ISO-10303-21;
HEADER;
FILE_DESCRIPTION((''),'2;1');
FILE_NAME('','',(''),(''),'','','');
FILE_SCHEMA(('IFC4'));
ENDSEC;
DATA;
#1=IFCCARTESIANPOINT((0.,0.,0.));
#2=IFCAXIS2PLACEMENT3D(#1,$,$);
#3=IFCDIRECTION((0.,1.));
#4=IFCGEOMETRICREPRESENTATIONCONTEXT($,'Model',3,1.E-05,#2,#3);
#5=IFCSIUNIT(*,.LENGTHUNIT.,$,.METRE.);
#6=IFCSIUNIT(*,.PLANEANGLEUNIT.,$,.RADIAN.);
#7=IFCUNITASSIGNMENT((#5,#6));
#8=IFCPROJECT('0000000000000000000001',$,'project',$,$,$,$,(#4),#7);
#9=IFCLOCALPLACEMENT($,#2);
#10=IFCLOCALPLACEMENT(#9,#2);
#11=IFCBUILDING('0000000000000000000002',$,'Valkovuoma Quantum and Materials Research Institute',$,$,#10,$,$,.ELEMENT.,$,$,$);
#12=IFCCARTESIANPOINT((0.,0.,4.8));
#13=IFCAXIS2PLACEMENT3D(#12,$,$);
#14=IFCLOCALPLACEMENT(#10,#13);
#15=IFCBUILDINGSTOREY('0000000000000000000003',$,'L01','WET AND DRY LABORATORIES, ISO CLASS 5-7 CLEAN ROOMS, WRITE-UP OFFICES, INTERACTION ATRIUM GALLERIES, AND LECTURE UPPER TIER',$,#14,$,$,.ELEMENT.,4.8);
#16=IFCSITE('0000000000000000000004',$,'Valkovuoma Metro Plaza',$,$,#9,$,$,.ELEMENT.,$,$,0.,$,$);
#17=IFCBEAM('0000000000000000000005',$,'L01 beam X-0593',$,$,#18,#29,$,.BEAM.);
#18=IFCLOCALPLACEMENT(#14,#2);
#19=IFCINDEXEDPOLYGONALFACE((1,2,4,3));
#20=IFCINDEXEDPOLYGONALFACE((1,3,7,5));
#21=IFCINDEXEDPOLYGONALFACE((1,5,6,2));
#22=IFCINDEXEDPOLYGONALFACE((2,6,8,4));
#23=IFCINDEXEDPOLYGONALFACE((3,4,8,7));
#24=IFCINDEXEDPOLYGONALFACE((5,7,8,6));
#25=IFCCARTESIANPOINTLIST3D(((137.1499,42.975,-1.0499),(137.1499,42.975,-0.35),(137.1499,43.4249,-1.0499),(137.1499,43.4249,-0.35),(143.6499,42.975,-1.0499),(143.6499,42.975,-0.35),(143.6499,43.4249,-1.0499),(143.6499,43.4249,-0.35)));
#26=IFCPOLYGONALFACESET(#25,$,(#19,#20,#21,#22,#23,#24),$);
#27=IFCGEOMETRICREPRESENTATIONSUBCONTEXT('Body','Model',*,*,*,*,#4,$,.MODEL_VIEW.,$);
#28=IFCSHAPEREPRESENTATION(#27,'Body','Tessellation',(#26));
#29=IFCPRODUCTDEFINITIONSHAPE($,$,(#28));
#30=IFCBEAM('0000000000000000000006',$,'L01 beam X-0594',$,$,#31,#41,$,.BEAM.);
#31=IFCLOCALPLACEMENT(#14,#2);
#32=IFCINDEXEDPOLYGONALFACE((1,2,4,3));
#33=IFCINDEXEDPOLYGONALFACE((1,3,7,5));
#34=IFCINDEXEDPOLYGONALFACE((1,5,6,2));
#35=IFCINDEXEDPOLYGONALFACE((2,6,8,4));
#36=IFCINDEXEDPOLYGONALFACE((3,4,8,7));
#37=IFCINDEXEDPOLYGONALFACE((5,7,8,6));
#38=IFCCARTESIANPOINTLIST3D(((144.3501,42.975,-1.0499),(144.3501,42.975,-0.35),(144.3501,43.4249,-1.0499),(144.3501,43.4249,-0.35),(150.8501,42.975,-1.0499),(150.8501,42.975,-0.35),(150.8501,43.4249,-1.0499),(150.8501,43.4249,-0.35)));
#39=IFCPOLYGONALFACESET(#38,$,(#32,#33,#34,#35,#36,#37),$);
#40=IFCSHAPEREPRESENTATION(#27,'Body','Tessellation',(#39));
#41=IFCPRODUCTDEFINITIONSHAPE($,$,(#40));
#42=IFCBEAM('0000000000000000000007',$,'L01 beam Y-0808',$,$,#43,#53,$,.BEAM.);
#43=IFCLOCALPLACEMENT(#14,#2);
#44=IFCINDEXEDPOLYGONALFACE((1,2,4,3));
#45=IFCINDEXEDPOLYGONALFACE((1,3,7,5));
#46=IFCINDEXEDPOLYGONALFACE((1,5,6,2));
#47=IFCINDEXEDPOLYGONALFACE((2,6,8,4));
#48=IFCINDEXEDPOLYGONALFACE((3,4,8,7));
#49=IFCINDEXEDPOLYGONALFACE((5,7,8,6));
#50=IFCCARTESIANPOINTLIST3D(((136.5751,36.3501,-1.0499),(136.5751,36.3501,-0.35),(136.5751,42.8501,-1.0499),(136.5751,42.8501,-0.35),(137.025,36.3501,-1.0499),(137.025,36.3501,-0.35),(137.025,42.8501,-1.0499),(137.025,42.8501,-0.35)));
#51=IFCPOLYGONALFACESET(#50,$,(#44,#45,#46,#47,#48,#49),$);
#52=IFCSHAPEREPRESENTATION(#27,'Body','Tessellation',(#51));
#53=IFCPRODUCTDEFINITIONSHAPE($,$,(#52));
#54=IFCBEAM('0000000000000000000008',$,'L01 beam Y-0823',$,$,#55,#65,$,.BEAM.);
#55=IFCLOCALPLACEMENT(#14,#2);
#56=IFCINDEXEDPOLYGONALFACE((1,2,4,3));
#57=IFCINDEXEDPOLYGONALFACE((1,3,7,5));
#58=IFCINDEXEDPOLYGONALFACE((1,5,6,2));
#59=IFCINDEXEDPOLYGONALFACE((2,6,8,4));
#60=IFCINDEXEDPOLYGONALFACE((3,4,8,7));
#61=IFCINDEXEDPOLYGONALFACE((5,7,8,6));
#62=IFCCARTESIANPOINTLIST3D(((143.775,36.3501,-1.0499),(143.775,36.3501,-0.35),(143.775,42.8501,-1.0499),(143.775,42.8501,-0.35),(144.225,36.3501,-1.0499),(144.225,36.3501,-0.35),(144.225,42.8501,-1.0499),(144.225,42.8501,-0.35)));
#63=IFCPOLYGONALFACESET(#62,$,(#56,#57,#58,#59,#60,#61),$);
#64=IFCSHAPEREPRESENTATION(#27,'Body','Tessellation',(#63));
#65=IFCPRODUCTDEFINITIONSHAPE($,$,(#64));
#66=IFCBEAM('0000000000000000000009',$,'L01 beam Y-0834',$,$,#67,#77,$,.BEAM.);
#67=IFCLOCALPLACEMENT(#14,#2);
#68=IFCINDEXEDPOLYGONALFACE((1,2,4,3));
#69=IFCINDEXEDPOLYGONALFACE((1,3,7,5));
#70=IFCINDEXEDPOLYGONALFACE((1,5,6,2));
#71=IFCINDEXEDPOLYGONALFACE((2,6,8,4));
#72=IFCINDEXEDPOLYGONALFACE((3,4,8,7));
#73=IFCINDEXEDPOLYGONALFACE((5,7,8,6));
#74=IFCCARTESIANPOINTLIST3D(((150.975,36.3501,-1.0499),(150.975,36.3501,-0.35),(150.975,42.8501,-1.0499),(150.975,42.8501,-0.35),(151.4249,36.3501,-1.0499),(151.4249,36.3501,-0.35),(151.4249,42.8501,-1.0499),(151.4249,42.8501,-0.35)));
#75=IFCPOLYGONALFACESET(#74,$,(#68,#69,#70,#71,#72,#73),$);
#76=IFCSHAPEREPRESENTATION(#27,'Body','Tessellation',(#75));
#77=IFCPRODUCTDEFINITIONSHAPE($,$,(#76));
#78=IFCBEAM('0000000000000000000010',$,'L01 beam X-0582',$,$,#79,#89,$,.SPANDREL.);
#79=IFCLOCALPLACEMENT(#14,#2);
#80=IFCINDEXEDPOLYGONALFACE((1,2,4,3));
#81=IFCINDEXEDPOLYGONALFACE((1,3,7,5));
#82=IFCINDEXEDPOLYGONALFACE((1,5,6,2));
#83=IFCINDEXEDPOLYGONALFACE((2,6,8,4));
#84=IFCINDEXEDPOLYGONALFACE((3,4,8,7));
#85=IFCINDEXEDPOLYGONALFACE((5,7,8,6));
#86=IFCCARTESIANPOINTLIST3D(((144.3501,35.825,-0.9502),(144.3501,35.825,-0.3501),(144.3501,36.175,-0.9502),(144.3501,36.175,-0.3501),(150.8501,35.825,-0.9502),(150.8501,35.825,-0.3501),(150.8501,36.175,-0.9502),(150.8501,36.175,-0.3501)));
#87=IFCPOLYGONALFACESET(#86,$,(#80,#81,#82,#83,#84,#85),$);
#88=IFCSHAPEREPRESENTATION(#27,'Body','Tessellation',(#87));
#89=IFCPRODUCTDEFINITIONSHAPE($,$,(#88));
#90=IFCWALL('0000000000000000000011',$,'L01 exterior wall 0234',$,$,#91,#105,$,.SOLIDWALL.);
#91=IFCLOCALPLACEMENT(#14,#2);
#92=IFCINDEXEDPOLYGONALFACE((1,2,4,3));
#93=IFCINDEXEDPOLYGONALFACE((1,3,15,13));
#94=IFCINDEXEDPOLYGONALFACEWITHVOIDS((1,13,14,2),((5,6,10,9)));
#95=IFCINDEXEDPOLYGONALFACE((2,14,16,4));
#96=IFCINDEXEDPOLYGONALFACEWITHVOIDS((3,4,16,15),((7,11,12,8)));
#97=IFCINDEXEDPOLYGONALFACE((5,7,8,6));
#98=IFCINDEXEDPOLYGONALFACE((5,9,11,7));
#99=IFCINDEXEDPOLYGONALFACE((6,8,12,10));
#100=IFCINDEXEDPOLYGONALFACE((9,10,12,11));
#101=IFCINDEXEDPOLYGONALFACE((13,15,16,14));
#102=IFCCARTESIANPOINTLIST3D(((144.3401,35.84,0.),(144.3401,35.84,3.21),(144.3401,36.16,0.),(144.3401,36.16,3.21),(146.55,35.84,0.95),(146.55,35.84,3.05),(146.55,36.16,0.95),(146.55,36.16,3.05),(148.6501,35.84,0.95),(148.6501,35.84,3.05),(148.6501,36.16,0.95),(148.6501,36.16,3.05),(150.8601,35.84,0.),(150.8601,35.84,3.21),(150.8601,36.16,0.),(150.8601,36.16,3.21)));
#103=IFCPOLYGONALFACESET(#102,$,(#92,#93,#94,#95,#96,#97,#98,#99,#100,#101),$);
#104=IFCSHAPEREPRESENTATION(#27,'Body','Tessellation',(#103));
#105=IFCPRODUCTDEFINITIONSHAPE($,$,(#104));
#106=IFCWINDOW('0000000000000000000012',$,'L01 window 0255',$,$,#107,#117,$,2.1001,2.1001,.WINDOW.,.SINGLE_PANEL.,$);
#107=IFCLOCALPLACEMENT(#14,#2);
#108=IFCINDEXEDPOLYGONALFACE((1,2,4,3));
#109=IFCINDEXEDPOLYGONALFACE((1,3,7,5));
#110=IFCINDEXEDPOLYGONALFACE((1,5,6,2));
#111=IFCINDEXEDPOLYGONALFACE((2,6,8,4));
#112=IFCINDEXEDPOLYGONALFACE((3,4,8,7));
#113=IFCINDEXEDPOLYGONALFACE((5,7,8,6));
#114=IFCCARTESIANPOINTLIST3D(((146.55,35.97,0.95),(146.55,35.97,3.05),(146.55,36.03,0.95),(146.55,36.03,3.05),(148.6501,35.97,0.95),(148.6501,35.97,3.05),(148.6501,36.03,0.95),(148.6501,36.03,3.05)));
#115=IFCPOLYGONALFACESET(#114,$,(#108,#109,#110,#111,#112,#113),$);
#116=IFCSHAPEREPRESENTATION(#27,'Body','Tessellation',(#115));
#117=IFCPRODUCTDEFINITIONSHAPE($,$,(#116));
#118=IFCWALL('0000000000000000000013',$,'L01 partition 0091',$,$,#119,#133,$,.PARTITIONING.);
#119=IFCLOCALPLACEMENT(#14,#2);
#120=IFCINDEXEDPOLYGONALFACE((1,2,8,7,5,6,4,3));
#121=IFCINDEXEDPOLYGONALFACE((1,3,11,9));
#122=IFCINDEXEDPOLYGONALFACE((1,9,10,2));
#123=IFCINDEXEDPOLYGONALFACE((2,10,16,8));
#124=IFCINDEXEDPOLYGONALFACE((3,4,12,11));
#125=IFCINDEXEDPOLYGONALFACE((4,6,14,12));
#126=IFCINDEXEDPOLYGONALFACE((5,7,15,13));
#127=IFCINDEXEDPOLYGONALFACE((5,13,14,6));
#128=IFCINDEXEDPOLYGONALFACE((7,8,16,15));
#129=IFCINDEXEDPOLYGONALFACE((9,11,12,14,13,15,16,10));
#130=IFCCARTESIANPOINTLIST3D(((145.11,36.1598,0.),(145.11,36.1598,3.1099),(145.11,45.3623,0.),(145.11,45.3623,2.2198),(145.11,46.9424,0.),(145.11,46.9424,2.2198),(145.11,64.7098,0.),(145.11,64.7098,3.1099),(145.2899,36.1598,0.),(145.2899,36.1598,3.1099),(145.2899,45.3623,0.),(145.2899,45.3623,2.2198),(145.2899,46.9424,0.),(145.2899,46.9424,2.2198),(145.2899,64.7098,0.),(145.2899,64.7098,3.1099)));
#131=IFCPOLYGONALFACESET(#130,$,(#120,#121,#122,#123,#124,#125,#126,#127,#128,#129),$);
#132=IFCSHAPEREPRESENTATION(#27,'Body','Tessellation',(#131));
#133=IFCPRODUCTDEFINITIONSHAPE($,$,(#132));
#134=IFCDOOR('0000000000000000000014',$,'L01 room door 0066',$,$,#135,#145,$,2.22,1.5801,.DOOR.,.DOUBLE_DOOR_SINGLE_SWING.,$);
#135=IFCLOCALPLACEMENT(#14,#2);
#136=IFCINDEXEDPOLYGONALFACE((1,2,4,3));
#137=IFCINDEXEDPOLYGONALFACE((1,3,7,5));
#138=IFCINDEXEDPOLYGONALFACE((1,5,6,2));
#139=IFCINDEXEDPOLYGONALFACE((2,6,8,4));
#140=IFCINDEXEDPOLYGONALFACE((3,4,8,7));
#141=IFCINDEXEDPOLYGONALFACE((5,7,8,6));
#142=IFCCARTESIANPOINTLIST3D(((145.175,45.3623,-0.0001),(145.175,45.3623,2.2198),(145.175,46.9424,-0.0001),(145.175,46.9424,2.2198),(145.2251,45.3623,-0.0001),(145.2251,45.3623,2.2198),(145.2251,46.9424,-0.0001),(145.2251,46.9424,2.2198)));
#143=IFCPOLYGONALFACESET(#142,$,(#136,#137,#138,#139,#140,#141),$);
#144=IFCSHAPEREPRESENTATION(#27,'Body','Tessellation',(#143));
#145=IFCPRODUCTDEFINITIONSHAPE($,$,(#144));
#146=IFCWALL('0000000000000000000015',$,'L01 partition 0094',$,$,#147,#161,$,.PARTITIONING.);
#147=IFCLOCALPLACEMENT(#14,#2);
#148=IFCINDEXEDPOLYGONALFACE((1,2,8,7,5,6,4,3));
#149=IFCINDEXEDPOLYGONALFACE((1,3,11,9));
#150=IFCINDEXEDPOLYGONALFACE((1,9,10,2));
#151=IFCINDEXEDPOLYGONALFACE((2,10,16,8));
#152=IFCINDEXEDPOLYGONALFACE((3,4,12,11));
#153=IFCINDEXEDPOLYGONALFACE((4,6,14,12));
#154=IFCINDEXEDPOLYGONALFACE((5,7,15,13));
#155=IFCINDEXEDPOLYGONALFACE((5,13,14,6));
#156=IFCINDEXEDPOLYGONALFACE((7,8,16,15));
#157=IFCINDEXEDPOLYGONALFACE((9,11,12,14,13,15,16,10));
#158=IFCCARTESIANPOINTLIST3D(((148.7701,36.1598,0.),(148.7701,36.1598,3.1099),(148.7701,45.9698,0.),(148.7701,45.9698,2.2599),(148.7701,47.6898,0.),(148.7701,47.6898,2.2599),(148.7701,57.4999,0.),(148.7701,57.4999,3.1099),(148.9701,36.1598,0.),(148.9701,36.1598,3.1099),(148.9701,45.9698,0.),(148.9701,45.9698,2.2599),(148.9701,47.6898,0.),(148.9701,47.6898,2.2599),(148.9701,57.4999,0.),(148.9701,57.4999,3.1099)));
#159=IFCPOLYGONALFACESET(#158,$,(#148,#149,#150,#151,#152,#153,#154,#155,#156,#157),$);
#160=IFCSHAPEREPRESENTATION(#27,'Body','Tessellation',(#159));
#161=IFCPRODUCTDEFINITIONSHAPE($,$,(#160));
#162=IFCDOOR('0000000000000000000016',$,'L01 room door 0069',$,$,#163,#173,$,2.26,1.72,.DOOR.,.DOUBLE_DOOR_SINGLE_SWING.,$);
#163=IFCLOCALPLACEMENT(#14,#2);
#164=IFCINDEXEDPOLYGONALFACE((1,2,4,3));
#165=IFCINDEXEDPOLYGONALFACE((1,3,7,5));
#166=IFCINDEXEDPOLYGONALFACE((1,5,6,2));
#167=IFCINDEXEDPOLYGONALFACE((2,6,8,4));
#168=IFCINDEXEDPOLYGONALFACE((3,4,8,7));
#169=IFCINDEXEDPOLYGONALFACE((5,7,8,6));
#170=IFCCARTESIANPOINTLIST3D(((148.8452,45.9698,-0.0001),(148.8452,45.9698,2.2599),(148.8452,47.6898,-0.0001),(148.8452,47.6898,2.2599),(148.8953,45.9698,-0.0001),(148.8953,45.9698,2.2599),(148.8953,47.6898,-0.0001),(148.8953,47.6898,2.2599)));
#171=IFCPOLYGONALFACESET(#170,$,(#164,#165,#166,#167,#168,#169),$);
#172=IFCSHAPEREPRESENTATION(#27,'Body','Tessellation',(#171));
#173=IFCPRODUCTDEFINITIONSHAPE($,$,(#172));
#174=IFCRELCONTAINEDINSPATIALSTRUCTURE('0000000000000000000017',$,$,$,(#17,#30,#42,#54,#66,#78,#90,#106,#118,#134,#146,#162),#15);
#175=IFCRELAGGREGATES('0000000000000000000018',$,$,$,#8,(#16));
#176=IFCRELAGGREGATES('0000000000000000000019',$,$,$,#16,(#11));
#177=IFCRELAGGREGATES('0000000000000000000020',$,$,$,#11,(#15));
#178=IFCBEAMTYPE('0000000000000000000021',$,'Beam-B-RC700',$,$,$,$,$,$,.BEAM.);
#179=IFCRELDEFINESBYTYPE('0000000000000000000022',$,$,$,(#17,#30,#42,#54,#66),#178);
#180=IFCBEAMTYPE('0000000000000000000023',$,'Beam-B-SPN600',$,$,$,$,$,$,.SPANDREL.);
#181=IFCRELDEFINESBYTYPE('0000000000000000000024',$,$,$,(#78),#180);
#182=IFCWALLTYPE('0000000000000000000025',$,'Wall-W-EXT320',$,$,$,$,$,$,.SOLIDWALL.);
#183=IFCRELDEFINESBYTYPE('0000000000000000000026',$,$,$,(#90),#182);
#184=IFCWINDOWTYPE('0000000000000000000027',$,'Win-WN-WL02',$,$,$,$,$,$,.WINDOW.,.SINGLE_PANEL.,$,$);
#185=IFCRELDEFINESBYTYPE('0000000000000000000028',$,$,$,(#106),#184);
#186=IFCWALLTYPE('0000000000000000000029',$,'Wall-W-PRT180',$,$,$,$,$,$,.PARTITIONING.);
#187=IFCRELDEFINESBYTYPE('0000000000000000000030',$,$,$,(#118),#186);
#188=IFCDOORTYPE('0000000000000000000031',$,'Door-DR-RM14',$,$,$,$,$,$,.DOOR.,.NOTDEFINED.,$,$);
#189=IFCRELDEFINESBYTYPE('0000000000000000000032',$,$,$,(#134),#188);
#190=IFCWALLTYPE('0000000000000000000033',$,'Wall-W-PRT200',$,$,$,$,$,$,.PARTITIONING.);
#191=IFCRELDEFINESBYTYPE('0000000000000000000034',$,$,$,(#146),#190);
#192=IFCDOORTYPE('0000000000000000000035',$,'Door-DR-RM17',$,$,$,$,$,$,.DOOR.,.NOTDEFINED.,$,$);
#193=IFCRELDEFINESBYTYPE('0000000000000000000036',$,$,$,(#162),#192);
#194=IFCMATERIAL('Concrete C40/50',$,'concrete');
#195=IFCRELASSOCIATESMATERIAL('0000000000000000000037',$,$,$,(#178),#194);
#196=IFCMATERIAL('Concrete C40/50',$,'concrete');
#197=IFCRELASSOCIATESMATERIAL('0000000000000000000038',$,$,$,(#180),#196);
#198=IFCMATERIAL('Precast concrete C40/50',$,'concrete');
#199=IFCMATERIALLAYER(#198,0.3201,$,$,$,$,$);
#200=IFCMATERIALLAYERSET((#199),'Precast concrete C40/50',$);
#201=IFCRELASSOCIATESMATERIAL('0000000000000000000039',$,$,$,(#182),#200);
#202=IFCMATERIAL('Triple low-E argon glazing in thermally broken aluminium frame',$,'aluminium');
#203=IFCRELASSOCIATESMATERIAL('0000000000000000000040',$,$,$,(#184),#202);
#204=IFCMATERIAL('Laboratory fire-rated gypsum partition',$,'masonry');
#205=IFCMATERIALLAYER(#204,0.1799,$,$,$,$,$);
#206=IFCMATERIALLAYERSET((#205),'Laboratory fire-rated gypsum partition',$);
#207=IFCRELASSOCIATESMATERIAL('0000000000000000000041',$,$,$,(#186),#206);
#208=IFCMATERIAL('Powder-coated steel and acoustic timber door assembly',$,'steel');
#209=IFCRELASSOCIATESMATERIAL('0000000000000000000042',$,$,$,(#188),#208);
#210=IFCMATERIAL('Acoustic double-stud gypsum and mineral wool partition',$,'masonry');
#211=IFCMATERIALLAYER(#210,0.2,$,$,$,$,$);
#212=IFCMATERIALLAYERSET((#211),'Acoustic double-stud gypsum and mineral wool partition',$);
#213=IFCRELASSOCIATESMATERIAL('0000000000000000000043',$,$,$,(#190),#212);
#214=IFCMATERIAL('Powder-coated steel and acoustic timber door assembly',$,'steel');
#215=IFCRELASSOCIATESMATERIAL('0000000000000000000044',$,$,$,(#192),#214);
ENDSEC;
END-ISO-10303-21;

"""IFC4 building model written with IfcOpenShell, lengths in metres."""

from ifc_helpers import new_model, si_unit, direction, frame, frame_2d, origin, origin_2d, place, context, subcontext, project, spatial, rectangle, extrude, material, layer, layer_set, material_profile, profile_set, type_object, element, fill, save


model = new_model("IFC4")

# Units and contexts
model_context = context("Model", 3, precision=1e-05, world=origin(), true_north=direction((0.0, 1.0)))
body_context = subcontext(model_context, "Body", "Model", "MODEL_VIEW")
ifc_project = project(units=[si_unit("LENGTHUNIT", "METRE"), si_unit("PLANEANGLEUNIT", "RADIAN")], contexts=[model_context])

# Site, building, storey
site_placement = place(None, origin())
site = spatial("IfcSite", under=ifc_project, at=site_placement, Name="Valkovuoma Metro Plaza", CompositionType="ELEMENT", RefElevation=0.0)
building_placement = place(site_placement, origin())
building = spatial("IfcBuilding", under=site, at=building_placement, Name="Valkovuoma Quantum and Materials Research Institute", CompositionType="ELEMENT")
storey_placement = place(building_placement, frame((0.0, 0.0, 4.8)))
storey = spatial("IfcBuildingStorey", under=building, at=storey_placement, Name="L01", Description="WET AND DRY LABORATORIES, ISO CLASS 5-7 CLEAN ROOMS, WRITE-UP OFFICES, INTERACTION ATRIUM GALLERIES, AND LECTURE UPPER TIER", CompositionType="ELEMENT", Elevation=4.8)

# Beams
ifc_material_1 = material(Name="Concrete C40/50", Category="concrete")
ifc_material_profile_1 = material_profile(ifc_material_1, rectangle(XDim=0.45, YDim=0.7, at=origin_2d()), Name="Concrete C40/50")
ifc_profile_set_1 = profile_set([ifc_material_profile_1], Name="Concrete C40/50")
beam_type_1 = type_object("IfcBeamType", Name="Beam-B-RC700", PredefinedType="BEAM", material=ifc_profile_set_1)
for number, where, z_axis, x_axis, name in (
    (1, (137.1499, 43.2, -0.7), (1.0, 0.0, 0.0), (0.0, 1.0, 0.0), "L01 beam X-0593"),
    (2, (144.3501, 43.2, -0.7), (1.0, 0.0, 0.0), (0.0, 1.0, 0.0), "L01 beam X-0594"),
    (3, (136.8, 36.3501, -0.7), (0.0, 1.0, 0.0), (-1.0, 0.0, 0.0), "L01 beam Y-0808"),
    (4, (144.0, 36.3501, -0.7), (0.0, 1.0, 0.0), (-1.0, 0.0, 0.0), "L01 beam Y-0823"),
    (5, (151.2, 36.3501, -0.7), (0.0, 1.0, 0.0), (-1.0, 0.0, 0.0), "L01 beam Y-0834"),
):
    element("IfcBeam", number, at=place(storey_placement, frame(where, z_axis=z_axis, x_axis=x_axis)), inside=storey, type_object=beam_type_1, Name=name, PredefinedType="BEAM", context=body_context, shape_type="SweptSolid", body=[
        extrude(rectangle(XDim=0.45, YDim=0.7, at=origin_2d()), origin(), (0.0, 0.0, 1.0), 6.5),
    ])
ifc_material_2 = material(Name="Concrete C40/50", Category="concrete")
ifc_material_profile_2 = material_profile(ifc_material_2, rectangle(XDim=0.3501, YDim=0.6001, at=origin_2d()), Name="Concrete C40/50")
ifc_profile_set_2 = profile_set([ifc_material_profile_2], Name="Concrete C40/50")
beam_type_2 = type_object("IfcBeamType", Name="Beam-B-SPN600", PredefinedType="SPANDREL", material=ifc_profile_set_2)
beam_placement = place(storey_placement, frame((144.3501, 36.0, -0.6501), z_axis=(1.0, 0.0, 0.0), x_axis=(0.0, 1.0, 0.0)))
element("IfcBeam", 6, at=beam_placement, inside=storey, type_object=beam_type_2, Name="L01 beam X-0582", PredefinedType="SPANDREL", context=body_context, shape_type="SweptSolid", body=[
    extrude(rectangle(XDim=0.3501, YDim=0.6001, at=origin_2d()), origin(), (0.0, 0.0, 1.0), 6.5),
])

# Wall, opening, window
ifc_material_3 = material(Name="Precast concrete C40/50", Category="concrete")
ifc_layer_1 = layer(ifc_material_3, 0.3201)
ifc_layer_set_1 = layer_set([ifc_layer_1], Name="Precast concrete C40/50")
wall_type_1 = type_object("IfcWallType", Name="Wall-W-EXT320", PredefinedType="SOLIDWALL", material=ifc_layer_set_1)
wall_1_placement = place(storey_placement, frame((144.3401, 36.0, 0.0), z_axis=(0.0, 0.0, 1.0), x_axis=(1.0, 0.0, 0.0)))
wall_1 = element("IfcWall", 7, at=wall_1_placement, inside=storey, type_object=wall_type_1, Name="L01 exterior wall 0234", PredefinedType="SOLIDWALL", context=body_context, shape_type="SweptSolid", body=[
    extrude(rectangle(XDim=6.52, YDim=0.3201, at=frame_2d((3.26, 0.0))), origin(), (0.0, 0.0, 1.0), 3.21),
])
opening_1_placement = place(wall_1_placement, frame((2.21, 0.0, 0.95)))
opening_1 = element("IfcOpeningElement", 8, at=opening_1_placement, cuts=wall_1, PredefinedType="OPENING", context=body_context, shape_type="SweptSolid", body=[
    extrude(rectangle(XDim=2.1001, YDim=2.1001, at=frame_2d((1.05, 1.05))), frame((0.0, 0.1699, 0.0), z_axis=(0.0, -1.0, 0.0), x_axis=(1.0, 0.0, 0.0)), (0.0, 0.0, 1.0), 0.3401),
])
ifc_material_4 = material(Name="Triple low-E argon glazing in thermally broken aluminium frame", Category="aluminium")
window_type = type_object("IfcWindowType", Name="Win-WN-WL02", PartitioningType="SINGLE_PANEL", PredefinedType="WINDOW", material=ifc_material_4)
window_placement = place(opening_1_placement, origin())
window = element("IfcWindow", 9, at=window_placement, inside=storey, type_object=window_type, Name="L01 window 0255", OverallHeight=2.1001, OverallWidth=2.1001, PartitioningType="SINGLE_PANEL", PredefinedType="WINDOW", context=body_context, shape_type="SweptSolid", body=[
    extrude(rectangle(XDim=2.1001, YDim=2.1001, at=frame_2d((1.05, 1.05))), frame((0.0, 0.03, 0.0), z_axis=(0.0, -1.0, 0.0), x_axis=(1.0, 0.0, 0.0)), (0.0, 0.0, 1.0), 0.0601),
])
fill(opening_1, window)

# Walls, openings, doors
ifc_material_5 = material(Name="Laboratory fire-rated gypsum partition", Category="masonry")
ifc_layer_2 = layer(ifc_material_5, 0.1799)
ifc_layer_set_2 = layer_set([ifc_layer_2], Name="Laboratory fire-rated gypsum partition")
wall_type_2 = type_object("IfcWallType", Name="Wall-W-PRT180", PredefinedType="PARTITIONING", material=ifc_layer_set_2)
wall_2_placement = place(storey_placement, frame((145.2, 36.1599, 0.0), z_axis=(0.0, 0.0, 1.0), x_axis=(0.0, 1.0, 0.0)))
wall_2 = element("IfcWall", 10, at=wall_2_placement, inside=storey, type_object=wall_type_2, Name="L01 partition 0091", PredefinedType="PARTITIONING", context=body_context, shape_type="SweptSolid", body=[
    extrude(rectangle(XDim=28.55, YDim=0.1799, at=frame_2d((14.2749, 0.0))), origin(), (0.0, 0.0, 1.0), 3.1099),
])
opening_2_placement = place(wall_2_placement, frame((9.2024, 0.0, 0.0)))
opening_2 = element("IfcOpeningElement", 11, at=opening_2_placement, cuts=wall_2, PredefinedType="OPENING", context=body_context, shape_type="SweptSolid", body=[
    extrude(rectangle(XDim=1.5801, YDim=2.22, at=frame_2d((0.79, 1.1099))), frame((0.0, 0.1001, 0.0), z_axis=(0.0, -1.0, 0.0), x_axis=(1.0, 0.0, 0.0)), (0.0, 0.0, 1.0), 0.2),
])
ifc_material_6 = material(Name="Powder-coated steel and acoustic timber door assembly", Category="steel")
door_type_1 = type_object("IfcDoorType", Name="Door-DR-RM14", OperationType="NOTDEFINED", PredefinedType="DOOR", material=ifc_material_6)
door_1_placement = place(opening_2_placement, origin())
door_1 = element("IfcDoor", 12, at=door_1_placement, inside=storey, type_object=door_type_1, Name="L01 room door 0066", OperationType="DOUBLE_DOOR_SINGLE_SWING", OverallHeight=2.22, OverallWidth=1.5801, PredefinedType="DOOR", context=body_context, shape_type="SweptSolid", body=[
    extrude(rectangle(XDim=1.5801, YDim=2.22, at=frame_2d((0.79, 1.1099))), frame((0.0, 0.0249, 0.0), z_axis=(0.0, -1.0, 0.0), x_axis=(1.0, 0.0, 0.0)), (0.0, 0.0, 1.0), 0.05),
])
fill(opening_2, door_1)
ifc_material_7 = material(Name="Acoustic double-stud gypsum and mineral wool partition", Category="masonry")
ifc_layer_3 = layer(ifc_material_7, 0.2)
ifc_layer_set_3 = layer_set([ifc_layer_3], Name="Acoustic double-stud gypsum and mineral wool partition")
wall_type_3 = type_object("IfcWallType", Name="Wall-W-PRT200", PredefinedType="PARTITIONING", material=ifc_layer_set_3)
wall_3_placement = place(storey_placement, frame((148.8701, 36.1599, 0.0), z_axis=(0.0, 0.0, 1.0), x_axis=(0.0, 1.0, 0.0)))
wall_3 = element("IfcWall", 13, at=wall_3_placement, inside=storey, type_object=wall_type_3, Name="L01 partition 0094", PredefinedType="PARTITIONING", context=body_context, shape_type="SweptSolid", body=[
    extrude(rectangle(XDim=21.3401, YDim=0.2, at=frame_2d((10.6699, 0.0))), origin(), (0.0, 0.0, 1.0), 3.1099),
])
opening_3_placement = place(wall_3_placement, frame((9.8101, 0.0, 0.0)))
opening_3 = element("IfcOpeningElement", 14, at=opening_3_placement, cuts=wall_3, PredefinedType="OPENING", context=body_context, shape_type="SweptSolid", body=[
    extrude(rectangle(XDim=1.72, YDim=2.26, at=frame_2d((0.8599, 1.1299))), frame((0.0, 0.1099, 0.0), z_axis=(0.0, -1.0, 0.0), x_axis=(1.0, 0.0, 0.0)), (0.0, 0.0, 1.0), 0.22),
])
ifc_material_8 = material(Name="Powder-coated steel and acoustic timber door assembly", Category="steel")
door_type_2 = type_object("IfcDoorType", Name="Door-DR-RM17", OperationType="NOTDEFINED", PredefinedType="DOOR", material=ifc_material_8)
door_2_placement = place(opening_3_placement, origin())
door_2 = element("IfcDoor", 15, at=door_2_placement, inside=storey, type_object=door_type_2, Name="L01 room door 0069", OperationType="DOUBLE_DOOR_SINGLE_SWING", OverallHeight=2.26, OverallWidth=1.72, PredefinedType="DOOR", context=body_context, shape_type="SweptSolid", body=[
    extrude(rectangle(XDim=1.72, YDim=2.26, at=frame_2d((0.8599, 1.1299))), frame((0.0, 0.0249, 0.0), z_axis=(0.0, -1.0, 0.0), x_axis=(1.0, 0.0, 0.0)), (0.0, 0.0, 1.0), 0.05),
])
fill(opening_3, door_2)

save(model, "model.ifc")
